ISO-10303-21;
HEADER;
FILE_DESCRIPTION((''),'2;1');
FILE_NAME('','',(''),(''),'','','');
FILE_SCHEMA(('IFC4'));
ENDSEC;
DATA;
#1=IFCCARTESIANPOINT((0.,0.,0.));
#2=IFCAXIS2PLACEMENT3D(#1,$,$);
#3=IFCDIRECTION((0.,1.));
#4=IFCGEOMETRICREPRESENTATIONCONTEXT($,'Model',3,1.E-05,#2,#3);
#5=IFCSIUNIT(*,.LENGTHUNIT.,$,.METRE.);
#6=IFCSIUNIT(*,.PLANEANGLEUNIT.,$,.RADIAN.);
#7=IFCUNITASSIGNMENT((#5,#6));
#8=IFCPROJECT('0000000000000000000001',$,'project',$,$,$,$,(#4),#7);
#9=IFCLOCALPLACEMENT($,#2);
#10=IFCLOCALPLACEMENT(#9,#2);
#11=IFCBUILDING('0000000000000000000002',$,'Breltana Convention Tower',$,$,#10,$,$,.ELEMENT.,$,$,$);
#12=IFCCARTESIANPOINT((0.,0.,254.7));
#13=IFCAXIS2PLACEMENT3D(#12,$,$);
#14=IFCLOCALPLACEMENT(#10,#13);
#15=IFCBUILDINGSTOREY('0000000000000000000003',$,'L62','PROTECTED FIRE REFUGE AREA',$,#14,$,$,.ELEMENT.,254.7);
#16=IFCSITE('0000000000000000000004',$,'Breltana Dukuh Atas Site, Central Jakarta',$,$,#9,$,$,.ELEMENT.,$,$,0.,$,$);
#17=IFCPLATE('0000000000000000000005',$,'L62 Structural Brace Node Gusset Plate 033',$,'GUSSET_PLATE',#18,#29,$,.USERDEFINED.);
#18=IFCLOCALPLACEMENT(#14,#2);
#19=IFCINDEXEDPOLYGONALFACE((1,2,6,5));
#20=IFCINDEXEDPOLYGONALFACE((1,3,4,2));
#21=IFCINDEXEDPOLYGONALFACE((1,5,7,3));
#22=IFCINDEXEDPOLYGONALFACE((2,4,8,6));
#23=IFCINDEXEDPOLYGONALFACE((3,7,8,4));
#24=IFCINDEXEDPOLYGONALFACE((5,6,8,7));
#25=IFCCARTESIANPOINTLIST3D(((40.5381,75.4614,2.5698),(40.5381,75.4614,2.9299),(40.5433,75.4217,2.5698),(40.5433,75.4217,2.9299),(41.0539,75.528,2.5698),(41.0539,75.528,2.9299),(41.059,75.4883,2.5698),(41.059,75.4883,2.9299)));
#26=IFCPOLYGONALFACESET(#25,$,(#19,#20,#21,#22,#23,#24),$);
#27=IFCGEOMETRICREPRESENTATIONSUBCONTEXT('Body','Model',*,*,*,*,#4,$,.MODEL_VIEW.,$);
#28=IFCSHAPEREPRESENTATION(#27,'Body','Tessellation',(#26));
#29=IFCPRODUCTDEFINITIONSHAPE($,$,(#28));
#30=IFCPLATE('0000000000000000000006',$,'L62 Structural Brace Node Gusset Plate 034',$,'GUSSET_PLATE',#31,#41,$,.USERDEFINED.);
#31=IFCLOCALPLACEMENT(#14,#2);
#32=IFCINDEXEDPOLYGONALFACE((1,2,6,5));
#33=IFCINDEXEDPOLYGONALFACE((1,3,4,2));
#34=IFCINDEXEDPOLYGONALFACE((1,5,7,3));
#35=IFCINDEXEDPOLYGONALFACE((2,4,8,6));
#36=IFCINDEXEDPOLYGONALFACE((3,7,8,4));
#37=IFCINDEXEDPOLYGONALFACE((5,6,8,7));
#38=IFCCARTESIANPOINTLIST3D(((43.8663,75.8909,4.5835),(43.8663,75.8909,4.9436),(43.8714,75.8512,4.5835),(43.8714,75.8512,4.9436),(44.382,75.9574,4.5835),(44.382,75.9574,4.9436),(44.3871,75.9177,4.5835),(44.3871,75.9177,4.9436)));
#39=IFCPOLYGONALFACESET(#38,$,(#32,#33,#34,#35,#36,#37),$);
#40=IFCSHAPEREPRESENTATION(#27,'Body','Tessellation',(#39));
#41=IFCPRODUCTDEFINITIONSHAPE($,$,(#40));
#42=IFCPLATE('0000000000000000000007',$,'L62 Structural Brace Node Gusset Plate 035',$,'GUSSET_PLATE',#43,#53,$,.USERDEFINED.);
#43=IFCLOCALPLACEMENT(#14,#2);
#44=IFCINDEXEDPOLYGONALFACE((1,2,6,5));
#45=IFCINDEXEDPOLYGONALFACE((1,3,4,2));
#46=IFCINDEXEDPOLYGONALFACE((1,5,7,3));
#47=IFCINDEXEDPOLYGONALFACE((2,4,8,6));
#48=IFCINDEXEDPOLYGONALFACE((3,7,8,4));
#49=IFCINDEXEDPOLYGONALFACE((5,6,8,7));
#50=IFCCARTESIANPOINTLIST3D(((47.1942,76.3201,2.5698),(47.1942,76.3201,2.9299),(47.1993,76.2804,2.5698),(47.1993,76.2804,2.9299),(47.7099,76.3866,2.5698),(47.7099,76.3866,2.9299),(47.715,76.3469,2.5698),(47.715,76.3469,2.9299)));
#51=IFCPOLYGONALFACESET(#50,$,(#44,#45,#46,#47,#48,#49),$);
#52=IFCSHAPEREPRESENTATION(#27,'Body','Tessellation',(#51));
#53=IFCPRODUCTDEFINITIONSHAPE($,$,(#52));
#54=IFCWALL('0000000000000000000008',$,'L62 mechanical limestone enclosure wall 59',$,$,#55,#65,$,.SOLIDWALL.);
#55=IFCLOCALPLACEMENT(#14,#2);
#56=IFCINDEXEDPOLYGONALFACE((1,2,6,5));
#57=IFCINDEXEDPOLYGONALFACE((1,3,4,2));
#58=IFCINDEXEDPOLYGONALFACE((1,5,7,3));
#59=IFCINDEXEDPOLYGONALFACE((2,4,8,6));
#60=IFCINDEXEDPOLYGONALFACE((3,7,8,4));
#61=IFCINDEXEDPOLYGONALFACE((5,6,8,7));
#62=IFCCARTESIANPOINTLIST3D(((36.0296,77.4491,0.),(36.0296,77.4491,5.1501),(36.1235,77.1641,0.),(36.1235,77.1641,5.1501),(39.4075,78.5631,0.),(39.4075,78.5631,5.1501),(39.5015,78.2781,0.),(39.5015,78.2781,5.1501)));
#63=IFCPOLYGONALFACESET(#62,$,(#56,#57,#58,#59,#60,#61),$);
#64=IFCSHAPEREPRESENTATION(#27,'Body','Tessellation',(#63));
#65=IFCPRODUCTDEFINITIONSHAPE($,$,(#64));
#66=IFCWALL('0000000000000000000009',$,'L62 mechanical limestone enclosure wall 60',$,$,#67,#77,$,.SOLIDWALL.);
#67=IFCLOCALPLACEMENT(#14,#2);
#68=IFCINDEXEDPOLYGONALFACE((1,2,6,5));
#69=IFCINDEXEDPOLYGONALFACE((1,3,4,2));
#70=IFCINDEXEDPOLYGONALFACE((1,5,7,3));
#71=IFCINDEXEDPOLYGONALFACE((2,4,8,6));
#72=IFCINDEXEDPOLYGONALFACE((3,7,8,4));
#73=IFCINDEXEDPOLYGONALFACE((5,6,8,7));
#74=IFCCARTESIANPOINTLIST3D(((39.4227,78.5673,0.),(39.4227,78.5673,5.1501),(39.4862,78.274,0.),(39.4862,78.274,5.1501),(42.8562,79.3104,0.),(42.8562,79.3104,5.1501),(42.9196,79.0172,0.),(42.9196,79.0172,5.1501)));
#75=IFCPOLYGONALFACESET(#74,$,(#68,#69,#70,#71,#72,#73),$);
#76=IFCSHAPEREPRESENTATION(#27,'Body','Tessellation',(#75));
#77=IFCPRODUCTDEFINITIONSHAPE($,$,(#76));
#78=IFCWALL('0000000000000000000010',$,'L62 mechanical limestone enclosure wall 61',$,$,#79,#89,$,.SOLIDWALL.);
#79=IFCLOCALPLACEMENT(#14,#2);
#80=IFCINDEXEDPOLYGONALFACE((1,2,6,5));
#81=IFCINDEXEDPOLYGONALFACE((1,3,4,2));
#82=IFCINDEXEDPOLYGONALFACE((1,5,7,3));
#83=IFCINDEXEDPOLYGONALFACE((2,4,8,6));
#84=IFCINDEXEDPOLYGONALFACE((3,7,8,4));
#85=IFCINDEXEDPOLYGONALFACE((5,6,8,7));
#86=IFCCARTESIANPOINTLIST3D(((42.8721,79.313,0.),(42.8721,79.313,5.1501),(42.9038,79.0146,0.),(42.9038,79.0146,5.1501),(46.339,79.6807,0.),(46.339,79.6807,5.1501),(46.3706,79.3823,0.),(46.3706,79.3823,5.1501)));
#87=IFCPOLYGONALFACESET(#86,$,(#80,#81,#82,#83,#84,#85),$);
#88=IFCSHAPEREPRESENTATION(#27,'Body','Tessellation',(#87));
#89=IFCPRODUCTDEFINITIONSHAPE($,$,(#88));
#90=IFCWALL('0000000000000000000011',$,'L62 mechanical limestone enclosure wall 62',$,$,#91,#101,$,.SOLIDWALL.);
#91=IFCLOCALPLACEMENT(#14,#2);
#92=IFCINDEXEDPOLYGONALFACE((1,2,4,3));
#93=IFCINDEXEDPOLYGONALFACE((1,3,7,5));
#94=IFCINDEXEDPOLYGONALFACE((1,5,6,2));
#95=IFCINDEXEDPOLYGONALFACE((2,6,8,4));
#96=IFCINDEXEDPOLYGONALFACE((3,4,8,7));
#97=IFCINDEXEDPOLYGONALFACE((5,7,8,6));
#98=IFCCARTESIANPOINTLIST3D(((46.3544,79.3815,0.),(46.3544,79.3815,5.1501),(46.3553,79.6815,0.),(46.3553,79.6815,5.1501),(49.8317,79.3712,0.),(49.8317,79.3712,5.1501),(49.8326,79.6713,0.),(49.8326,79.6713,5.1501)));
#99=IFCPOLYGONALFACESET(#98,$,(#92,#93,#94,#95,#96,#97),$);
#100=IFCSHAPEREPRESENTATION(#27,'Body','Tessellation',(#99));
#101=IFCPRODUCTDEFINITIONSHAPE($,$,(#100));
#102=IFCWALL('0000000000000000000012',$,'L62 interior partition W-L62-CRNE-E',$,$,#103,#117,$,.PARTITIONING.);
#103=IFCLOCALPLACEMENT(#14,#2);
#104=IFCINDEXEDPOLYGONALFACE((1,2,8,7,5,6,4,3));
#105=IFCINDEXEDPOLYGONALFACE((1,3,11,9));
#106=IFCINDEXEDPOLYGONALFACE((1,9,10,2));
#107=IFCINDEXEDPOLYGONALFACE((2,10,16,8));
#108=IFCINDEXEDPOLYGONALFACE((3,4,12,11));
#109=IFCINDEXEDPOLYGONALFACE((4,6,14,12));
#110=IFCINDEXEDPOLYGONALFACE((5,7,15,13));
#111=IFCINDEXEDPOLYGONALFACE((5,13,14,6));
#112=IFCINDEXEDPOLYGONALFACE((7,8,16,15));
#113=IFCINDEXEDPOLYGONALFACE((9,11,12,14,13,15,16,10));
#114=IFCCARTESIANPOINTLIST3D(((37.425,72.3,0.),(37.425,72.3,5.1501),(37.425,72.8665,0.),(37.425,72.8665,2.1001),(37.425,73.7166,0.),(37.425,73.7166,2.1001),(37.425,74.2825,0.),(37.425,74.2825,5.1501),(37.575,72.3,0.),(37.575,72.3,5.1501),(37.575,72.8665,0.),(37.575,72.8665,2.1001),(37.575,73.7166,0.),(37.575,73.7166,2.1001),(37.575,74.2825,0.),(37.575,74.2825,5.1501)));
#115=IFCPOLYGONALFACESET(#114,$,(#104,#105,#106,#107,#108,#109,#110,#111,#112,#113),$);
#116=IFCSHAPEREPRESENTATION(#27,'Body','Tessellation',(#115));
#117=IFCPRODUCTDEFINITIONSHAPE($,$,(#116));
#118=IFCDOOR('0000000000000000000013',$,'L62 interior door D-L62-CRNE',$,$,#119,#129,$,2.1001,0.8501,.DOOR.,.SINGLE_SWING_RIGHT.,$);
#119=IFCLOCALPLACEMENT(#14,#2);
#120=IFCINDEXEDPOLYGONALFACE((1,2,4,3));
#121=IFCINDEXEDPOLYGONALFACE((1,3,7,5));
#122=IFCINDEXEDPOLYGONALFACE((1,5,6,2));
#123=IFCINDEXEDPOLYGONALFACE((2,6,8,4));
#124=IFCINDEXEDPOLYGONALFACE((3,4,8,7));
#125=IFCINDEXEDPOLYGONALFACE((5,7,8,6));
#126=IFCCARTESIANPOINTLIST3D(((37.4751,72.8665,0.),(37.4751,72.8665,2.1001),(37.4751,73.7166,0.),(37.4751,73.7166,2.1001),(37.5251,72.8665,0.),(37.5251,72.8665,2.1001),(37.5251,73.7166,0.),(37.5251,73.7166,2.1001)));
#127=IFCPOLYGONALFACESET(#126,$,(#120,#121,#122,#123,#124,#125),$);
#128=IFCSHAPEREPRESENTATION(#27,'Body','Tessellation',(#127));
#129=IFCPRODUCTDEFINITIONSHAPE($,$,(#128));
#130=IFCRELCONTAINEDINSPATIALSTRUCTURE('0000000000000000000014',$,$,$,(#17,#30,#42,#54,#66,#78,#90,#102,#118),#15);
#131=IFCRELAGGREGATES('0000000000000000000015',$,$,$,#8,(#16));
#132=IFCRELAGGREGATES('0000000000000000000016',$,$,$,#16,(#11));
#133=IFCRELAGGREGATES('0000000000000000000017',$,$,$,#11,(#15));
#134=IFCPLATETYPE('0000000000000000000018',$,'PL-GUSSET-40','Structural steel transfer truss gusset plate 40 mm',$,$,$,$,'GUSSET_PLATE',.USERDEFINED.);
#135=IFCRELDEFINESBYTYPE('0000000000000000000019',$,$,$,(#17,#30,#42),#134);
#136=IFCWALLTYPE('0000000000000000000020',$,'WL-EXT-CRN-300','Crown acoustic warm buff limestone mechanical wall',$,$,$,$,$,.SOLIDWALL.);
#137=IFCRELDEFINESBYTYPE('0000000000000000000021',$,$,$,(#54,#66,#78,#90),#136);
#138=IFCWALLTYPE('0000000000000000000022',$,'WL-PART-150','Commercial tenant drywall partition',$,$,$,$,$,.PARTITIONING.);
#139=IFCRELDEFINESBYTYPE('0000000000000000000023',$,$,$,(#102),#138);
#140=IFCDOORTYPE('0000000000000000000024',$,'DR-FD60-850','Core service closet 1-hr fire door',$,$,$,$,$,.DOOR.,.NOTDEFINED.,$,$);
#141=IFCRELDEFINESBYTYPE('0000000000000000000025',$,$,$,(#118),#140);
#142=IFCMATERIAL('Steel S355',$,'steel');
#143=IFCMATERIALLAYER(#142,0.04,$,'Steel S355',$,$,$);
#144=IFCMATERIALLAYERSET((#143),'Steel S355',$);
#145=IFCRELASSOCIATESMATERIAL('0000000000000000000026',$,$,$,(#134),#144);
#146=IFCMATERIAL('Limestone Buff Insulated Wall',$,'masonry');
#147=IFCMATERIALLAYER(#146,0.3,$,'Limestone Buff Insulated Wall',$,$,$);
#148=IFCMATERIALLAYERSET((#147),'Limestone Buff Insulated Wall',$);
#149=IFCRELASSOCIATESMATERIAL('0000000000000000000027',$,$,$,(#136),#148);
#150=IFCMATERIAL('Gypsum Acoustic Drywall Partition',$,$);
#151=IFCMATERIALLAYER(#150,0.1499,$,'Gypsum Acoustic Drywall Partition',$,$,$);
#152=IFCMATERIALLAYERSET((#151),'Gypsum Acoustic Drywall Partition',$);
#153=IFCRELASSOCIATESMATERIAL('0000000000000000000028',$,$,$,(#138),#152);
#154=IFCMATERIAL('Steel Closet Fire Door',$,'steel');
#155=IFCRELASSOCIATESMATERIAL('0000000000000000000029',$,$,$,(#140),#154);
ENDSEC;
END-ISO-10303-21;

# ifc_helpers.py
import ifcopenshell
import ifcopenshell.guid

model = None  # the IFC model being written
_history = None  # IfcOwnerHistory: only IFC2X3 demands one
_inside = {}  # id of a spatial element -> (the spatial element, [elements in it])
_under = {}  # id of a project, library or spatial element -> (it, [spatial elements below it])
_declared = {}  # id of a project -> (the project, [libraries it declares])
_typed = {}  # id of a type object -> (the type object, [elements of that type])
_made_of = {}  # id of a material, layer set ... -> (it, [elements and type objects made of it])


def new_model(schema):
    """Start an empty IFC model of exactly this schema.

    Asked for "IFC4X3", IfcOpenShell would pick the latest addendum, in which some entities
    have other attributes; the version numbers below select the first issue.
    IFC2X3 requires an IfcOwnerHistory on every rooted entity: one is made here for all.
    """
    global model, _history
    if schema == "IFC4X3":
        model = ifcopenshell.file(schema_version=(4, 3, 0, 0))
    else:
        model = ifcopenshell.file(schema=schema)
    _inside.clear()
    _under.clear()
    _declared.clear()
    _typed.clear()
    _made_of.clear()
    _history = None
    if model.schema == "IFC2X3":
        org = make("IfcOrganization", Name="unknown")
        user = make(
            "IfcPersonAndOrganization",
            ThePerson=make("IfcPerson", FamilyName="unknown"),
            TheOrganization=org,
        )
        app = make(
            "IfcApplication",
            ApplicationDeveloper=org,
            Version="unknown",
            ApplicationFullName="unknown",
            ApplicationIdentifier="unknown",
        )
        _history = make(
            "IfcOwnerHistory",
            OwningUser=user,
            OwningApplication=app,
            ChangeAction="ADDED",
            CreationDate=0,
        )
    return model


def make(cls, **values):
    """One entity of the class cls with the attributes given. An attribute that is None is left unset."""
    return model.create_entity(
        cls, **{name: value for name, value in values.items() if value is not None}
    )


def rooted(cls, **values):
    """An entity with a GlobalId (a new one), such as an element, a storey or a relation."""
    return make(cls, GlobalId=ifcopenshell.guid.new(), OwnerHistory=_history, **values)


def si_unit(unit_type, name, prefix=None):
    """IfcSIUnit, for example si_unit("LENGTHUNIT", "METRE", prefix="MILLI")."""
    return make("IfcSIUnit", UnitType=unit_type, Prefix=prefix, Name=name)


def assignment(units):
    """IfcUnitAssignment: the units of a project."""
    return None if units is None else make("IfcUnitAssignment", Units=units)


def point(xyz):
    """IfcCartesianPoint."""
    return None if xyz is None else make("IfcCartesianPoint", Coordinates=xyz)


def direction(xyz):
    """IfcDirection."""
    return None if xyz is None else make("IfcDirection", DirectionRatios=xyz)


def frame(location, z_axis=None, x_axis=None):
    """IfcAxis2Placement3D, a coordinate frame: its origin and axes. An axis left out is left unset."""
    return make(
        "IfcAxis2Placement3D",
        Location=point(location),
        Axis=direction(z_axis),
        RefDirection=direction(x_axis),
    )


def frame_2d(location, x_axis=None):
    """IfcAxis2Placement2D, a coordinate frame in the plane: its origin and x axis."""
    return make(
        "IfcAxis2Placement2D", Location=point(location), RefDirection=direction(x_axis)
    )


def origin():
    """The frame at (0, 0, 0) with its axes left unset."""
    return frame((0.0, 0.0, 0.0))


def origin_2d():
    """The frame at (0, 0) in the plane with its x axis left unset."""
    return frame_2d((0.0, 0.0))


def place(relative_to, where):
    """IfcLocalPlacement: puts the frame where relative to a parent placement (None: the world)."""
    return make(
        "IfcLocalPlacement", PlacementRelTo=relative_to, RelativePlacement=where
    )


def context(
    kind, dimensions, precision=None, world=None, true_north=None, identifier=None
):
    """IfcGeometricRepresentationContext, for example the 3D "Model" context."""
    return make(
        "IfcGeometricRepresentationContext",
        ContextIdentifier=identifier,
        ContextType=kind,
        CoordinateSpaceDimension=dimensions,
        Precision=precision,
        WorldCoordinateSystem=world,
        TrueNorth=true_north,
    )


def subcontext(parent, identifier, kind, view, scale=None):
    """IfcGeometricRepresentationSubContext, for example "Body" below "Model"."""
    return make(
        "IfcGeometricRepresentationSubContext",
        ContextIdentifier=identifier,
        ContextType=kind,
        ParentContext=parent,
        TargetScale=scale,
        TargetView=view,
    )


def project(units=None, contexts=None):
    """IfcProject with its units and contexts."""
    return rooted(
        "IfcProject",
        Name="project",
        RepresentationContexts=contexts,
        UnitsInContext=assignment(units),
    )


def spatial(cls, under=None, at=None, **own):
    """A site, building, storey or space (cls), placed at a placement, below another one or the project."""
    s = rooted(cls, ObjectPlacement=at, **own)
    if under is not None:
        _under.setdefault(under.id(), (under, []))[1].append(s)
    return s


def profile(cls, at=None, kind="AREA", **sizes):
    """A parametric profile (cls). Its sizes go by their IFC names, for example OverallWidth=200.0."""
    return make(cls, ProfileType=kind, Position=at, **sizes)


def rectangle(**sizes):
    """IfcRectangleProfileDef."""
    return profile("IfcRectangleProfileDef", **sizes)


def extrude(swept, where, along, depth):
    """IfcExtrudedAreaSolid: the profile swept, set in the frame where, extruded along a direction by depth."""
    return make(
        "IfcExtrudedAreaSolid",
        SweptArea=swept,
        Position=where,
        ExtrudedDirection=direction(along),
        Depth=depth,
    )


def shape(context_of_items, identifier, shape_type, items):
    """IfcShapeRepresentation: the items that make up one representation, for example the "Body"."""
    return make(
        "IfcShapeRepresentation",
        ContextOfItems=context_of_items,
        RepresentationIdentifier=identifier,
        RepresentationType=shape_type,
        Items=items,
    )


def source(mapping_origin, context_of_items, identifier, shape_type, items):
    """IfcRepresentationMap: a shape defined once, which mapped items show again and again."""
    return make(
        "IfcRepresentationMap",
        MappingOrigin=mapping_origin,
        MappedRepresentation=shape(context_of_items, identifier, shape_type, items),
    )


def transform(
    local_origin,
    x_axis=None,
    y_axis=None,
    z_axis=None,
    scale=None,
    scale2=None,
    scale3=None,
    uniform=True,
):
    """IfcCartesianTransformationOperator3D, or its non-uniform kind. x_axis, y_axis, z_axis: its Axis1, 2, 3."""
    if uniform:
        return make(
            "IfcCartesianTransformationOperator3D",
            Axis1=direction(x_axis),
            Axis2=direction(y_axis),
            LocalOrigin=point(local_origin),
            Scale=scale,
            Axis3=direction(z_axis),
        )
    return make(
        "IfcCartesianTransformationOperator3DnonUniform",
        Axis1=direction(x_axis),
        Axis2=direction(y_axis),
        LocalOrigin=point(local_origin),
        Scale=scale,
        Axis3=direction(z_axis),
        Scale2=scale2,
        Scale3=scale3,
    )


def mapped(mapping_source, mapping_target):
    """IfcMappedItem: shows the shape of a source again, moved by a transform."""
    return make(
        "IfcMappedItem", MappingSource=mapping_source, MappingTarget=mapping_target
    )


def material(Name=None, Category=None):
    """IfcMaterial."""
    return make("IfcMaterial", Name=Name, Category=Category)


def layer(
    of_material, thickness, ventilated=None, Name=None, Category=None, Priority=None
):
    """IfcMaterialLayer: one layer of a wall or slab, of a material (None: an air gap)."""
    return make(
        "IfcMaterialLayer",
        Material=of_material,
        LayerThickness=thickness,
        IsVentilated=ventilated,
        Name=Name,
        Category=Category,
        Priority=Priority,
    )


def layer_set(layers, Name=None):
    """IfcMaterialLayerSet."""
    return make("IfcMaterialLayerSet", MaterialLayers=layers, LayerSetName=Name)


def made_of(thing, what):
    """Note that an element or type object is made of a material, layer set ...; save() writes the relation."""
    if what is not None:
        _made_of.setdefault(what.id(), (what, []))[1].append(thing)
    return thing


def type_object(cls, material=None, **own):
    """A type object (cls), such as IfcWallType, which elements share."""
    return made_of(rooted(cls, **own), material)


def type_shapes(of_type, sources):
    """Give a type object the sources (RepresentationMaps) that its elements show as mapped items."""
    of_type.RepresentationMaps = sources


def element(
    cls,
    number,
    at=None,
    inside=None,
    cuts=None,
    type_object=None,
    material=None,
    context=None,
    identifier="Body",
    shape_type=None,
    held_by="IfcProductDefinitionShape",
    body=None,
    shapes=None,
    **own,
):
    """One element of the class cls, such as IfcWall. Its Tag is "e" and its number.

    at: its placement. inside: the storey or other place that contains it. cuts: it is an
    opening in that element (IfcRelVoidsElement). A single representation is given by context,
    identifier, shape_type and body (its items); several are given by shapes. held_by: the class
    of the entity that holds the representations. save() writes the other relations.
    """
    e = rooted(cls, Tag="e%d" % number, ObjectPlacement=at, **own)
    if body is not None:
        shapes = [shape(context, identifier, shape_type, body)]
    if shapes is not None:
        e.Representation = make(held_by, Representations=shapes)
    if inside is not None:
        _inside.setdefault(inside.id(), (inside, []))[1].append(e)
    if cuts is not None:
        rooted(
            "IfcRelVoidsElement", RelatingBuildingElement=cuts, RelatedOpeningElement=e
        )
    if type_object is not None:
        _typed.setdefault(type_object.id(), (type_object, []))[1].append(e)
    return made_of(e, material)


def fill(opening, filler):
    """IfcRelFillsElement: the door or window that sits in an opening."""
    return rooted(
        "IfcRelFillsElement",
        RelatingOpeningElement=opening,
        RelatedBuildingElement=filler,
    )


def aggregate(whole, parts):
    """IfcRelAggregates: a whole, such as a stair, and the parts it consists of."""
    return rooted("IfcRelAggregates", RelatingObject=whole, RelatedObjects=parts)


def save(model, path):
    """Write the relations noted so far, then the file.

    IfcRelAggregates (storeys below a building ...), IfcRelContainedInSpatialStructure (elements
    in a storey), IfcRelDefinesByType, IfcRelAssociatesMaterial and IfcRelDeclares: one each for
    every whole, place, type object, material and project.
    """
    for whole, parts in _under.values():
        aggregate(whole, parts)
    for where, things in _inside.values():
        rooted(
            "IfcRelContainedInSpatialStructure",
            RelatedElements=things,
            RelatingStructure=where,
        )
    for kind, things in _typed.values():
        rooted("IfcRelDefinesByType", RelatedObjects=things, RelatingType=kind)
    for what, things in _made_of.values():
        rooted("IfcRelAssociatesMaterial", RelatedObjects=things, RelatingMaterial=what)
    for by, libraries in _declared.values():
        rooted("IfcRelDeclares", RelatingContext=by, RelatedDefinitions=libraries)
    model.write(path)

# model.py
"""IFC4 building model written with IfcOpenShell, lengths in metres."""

from ifc_helpers import new_model, si_unit, direction, frame, frame_2d, origin, origin_2d, place, context, subcontext, project, spatial, rectangle, extrude, source, transform, mapped, material, layer, layer_set, type_object, type_shapes, element, fill, save


model = new_model("IFC4")

# Units and contexts
model_context = context("Model", 3, precision=1e-05, world=origin(), true_north=direction((0.0, 1.0)))
body_context = subcontext(model_context, "Body", "Model", "MODEL_VIEW")
ifc_project = project(units=[si_unit("LENGTHUNIT", "METRE"), si_unit("PLANEANGLEUNIT", "RADIAN")], contexts=[model_context])

# Site, building, storey
site_placement = place(None, origin())
site = spatial("IfcSite", under=ifc_project, at=site_placement, Name="Breltana Dukuh Atas Site, Central Jakarta", CompositionType="ELEMENT", RefElevation=0.0)
building_placement = place(site_placement, origin())
building = spatial("IfcBuilding", under=site, at=building_placement, Name="Breltana Convention Tower", CompositionType="ELEMENT")
storey_placement = place(building_placement, frame((0.0, 0.0, 254.7)))
storey = spatial("IfcBuildingStorey", under=building, at=storey_placement, Name="L62", Description="PROTECTED FIRE REFUGE AREA", CompositionType="ELEMENT", Elevation=254.7)

# Plates
ifc_material_1 = material(Name="Steel S355", Category="steel")
ifc_layer_1 = layer(ifc_material_1, 0.04, Name="Steel S355")
ifc_layer_set_1 = layer_set([ifc_layer_1], Name="Steel S355")
plate_type = type_object("IfcPlateType", Name="PL-GUSSET-40", Description="Structural steel transfer truss gusset plate 40 mm", ElementType="GUSSET_PLATE", PredefinedType="USERDEFINED", material=ifc_layer_set_1)
shared_shape_1 = source(origin(), body_context, "Body", "SweptSolid", [
    extrude(rectangle(XDim=0.52, YDim=0.04, at=origin_2d()), origin(), (0.0, 0.0, 1.0), 0.3601),
])
for number, where, z_axis, x_axis, name in (
    (1, (40.7986, 75.4749, 2.5698), (0.0, 0.0, 1.0), (0.991783, 0.12793, 0.0), "L62 Structural Brace Node Gusset Plate 033"),
    (2, (44.1267, 75.9043, 4.5835), (0.0, 0.0, 1.0), (0.991783, 0.12793, 0.0), "L62 Structural Brace Node Gusset Plate 034"),
    (3, (47.4546, 76.3335, 2.5698), (0.0, 0.0, 1.0), (0.991783, 0.12793, 0.0), "L62 Structural Brace Node Gusset Plate 035"),
):
    element("IfcPlate", number, at=place(storey_placement, frame(where, z_axis=z_axis, x_axis=x_axis)), inside=storey, type_object=plate_type, Name=name, ObjectType="GUSSET_PLATE", PredefinedType="USERDEFINED", context=body_context, shape_type="MappedRepresentation", body=[
        mapped(shared_shape_1, transform((0.0, 0.0, 0.0), scale=1.0)),
    ])

# Walls
ifc_material_2 = material(Name="Limestone Buff Insulated Wall", Category="masonry")
ifc_layer_2 = layer(ifc_material_2, 0.3, Name="Limestone Buff Insulated Wall")
ifc_layer_set_2 = layer_set([ifc_layer_2], Name="Limestone Buff Insulated Wall")
wall_type_1 = type_object("IfcWallType", Name="WL-EXT-CRN-300", Description="Crown acoustic warm buff limestone mechanical wall", PredefinedType="SOLIDWALL", material=ifc_layer_set_2)
shared_shape_2 = source(origin(), body_context, "Body", "SweptSolid", [
    extrude(rectangle(XDim=3.5569, YDim=0.3, at=frame_2d((1.7783, 0.0))), origin(), (0.0, 0.0, 1.0), 5.1501),
])
wall_1_placement = place(storey_placement, frame((36.0767, 77.3066, 0.0), z_axis=(0.0, 0.0, 1.0), x_axis=(0.949687, 0.313199, 0.0)))
element("IfcWall", 4, at=wall_1_placement, inside=storey, type_object=wall_type_1, Name="L62 mechanical limestone enclosure wall 59", PredefinedType="SOLIDWALL", context=body_context, shape_type="MappedRepresentation", body=[
    mapped(shared_shape_2, transform((0.0, 0.0, 0.0), scale=1.0)),
])
shared_shape_3 = source(origin(), body_context, "Body", "SweptSolid", [
    extrude(rectangle(XDim=3.5129, YDim=0.3, at=frame_2d((1.7563, 0.0))), origin(), (0.0, 0.0, 1.0), 5.1501),
])
wall_2_placement = place(storey_placement, frame((39.4546, 78.4207, 0.0), z_axis=(0.0, 0.0, 1.0), x_axis=(0.977366, 0.211555, 0.0)))
element("IfcWall", 5, at=wall_2_placement, inside=storey, type_object=wall_type_1, Name="L62 mechanical limestone enclosure wall 60", PredefinedType="SOLIDWALL", context=body_context, shape_type="MappedRepresentation", body=[
    mapped(shared_shape_3, transform((0.0, 0.0, 0.0), scale=1.0)),
])
shared_shape_4 = source(origin(), body_context, "Body", "SweptSolid", [
    extrude(rectangle(XDim=3.4863, YDim=0.3, at=frame_2d((1.7432, 0.0))), origin(), (0.0, 0.0, 1.0), 5.1501),
])
wall_3_placement = place(storey_placement, frame((42.8879, 79.1638, 0.0), z_axis=(0.0, 0.0, 1.0), x_axis=(0.994423, 0.105465, 0.0)))
element("IfcWall", 6, at=wall_3_placement, inside=storey, type_object=wall_type_1, Name="L62 mechanical limestone enclosure wall 61", PredefinedType="SOLIDWALL", context=body_context, shape_type="MappedRepresentation", body=[
    mapped(shared_shape_4, transform((0.0, 0.0, 0.0), scale=1.0)),
])
shared_shape_5 = source(origin(), body_context, "Body", "SweptSolid", [
    extrude(rectangle(XDim=3.4773, YDim=0.3, at=frame_2d((1.7388, 0.0))), origin(), (0.0, 0.0, 1.0), 5.1501),
])
wall_4_placement = place(storey_placement, frame((46.3547, 79.5315, 0.0), z_axis=(0.0, 0.0, 1.0), x_axis=(0.999996, -0.002949, 0.0)))
element("IfcWall", 7, at=wall_4_placement, inside=storey, type_object=wall_type_1, Name="L62 mechanical limestone enclosure wall 62", PredefinedType="SOLIDWALL", context=body_context, shape_type="MappedRepresentation", body=[
    mapped(shared_shape_5, transform((0.0, 0.0, 0.0), scale=1.0)),
])

# Wall, opening, door
ifc_material_3 = material(Name="Gypsum Acoustic Drywall Partition")
ifc_layer_3 = layer(ifc_material_3, 0.1499, Name="Gypsum Acoustic Drywall Partition")
ifc_layer_set_3 = layer_set([ifc_layer_3], Name="Gypsum Acoustic Drywall Partition")
wall_type_2 = type_object("IfcWallType", Name="WL-PART-150", Description="Commercial tenant drywall partition", PredefinedType="PARTITIONING", material=ifc_layer_set_3)
shared_shape_6 = source(origin(), body_context, "Body", "SweptSolid", [
    extrude(rectangle(XDim=1.9824, YDim=0.1499, at=frame_2d((0.9912, 0.0))), origin(), (0.0, 0.0, 1.0), 5.1501),
])
wall_5_placement = place(storey_placement, frame((37.5, 72.3, 0.0), z_axis=(0.0, 0.0, 1.0), x_axis=(0.0, 1.0, 0.0)))
wall_5 = element("IfcWall", 8, at=wall_5_placement, inside=storey, type_object=wall_type_2, Name="L62 interior partition W-L62-CRNE-E", PredefinedType="PARTITIONING", context=body_context, shape_type="MappedRepresentation", body=[
    mapped(shared_shape_6, transform((0.0, 0.0, 0.0), scale=1.0)),
])
opening_placement = place(wall_5_placement, frame((0.5664, 0.0, 0.0)))
opening = element("IfcOpeningElement", 9, at=opening_placement, cuts=wall_5, PredefinedType="OPENING", context=body_context, shape_type="SweptSolid", body=[
    extrude(rectangle(XDim=0.8501, YDim=2.1001, at=frame_2d((0.425, 1.05))), frame((0.0, 0.085, 0.0), z_axis=(0.0, -1.0, 0.0), x_axis=(1.0, 0.0, 0.0)), (0.0, 0.0, 1.0), 0.1699),
])
ifc_material_4 = material(Name="Steel Closet Fire Door", Category="steel")
door_type = type_object("IfcDoorType", Name="DR-FD60-850", Description="Core service closet 1-hr fire door", OperationType="NOTDEFINED", PredefinedType="DOOR", material=ifc_material_4)
shared_shape_7 = source(origin(), body_context, "Body", "SweptSolid", [
    extrude(rectangle(XDim=0.8501, YDim=2.1001, at=frame_2d((0.425, 1.05))), frame((0.0, 0.0249, 0.0), z_axis=(0.0, -1.0, 0.0), x_axis=(1.0, 0.0, 0.0)), (0.0, 0.0, 1.0), 0.05),
])
type_shapes(door_type, [shared_shape_7])
door_placement = place(opening_placement, origin())
door = element("IfcDoor", 10, at=door_placement, inside=storey, type_object=door_type, Name="L62 interior door D-L62-CRNE", OperationType="SINGLE_SWING_RIGHT", OverallHeight=2.1001, OverallWidth=0.8501, PredefinedType="DOOR", context=body_context, shape_type="MappedRepresentation", body=[
    mapped(shared_shape_7, transform((0.0, 0.0, 0.0), scale=1.0)),
])
fill(opening, door)

save(model, "model.ifc")
